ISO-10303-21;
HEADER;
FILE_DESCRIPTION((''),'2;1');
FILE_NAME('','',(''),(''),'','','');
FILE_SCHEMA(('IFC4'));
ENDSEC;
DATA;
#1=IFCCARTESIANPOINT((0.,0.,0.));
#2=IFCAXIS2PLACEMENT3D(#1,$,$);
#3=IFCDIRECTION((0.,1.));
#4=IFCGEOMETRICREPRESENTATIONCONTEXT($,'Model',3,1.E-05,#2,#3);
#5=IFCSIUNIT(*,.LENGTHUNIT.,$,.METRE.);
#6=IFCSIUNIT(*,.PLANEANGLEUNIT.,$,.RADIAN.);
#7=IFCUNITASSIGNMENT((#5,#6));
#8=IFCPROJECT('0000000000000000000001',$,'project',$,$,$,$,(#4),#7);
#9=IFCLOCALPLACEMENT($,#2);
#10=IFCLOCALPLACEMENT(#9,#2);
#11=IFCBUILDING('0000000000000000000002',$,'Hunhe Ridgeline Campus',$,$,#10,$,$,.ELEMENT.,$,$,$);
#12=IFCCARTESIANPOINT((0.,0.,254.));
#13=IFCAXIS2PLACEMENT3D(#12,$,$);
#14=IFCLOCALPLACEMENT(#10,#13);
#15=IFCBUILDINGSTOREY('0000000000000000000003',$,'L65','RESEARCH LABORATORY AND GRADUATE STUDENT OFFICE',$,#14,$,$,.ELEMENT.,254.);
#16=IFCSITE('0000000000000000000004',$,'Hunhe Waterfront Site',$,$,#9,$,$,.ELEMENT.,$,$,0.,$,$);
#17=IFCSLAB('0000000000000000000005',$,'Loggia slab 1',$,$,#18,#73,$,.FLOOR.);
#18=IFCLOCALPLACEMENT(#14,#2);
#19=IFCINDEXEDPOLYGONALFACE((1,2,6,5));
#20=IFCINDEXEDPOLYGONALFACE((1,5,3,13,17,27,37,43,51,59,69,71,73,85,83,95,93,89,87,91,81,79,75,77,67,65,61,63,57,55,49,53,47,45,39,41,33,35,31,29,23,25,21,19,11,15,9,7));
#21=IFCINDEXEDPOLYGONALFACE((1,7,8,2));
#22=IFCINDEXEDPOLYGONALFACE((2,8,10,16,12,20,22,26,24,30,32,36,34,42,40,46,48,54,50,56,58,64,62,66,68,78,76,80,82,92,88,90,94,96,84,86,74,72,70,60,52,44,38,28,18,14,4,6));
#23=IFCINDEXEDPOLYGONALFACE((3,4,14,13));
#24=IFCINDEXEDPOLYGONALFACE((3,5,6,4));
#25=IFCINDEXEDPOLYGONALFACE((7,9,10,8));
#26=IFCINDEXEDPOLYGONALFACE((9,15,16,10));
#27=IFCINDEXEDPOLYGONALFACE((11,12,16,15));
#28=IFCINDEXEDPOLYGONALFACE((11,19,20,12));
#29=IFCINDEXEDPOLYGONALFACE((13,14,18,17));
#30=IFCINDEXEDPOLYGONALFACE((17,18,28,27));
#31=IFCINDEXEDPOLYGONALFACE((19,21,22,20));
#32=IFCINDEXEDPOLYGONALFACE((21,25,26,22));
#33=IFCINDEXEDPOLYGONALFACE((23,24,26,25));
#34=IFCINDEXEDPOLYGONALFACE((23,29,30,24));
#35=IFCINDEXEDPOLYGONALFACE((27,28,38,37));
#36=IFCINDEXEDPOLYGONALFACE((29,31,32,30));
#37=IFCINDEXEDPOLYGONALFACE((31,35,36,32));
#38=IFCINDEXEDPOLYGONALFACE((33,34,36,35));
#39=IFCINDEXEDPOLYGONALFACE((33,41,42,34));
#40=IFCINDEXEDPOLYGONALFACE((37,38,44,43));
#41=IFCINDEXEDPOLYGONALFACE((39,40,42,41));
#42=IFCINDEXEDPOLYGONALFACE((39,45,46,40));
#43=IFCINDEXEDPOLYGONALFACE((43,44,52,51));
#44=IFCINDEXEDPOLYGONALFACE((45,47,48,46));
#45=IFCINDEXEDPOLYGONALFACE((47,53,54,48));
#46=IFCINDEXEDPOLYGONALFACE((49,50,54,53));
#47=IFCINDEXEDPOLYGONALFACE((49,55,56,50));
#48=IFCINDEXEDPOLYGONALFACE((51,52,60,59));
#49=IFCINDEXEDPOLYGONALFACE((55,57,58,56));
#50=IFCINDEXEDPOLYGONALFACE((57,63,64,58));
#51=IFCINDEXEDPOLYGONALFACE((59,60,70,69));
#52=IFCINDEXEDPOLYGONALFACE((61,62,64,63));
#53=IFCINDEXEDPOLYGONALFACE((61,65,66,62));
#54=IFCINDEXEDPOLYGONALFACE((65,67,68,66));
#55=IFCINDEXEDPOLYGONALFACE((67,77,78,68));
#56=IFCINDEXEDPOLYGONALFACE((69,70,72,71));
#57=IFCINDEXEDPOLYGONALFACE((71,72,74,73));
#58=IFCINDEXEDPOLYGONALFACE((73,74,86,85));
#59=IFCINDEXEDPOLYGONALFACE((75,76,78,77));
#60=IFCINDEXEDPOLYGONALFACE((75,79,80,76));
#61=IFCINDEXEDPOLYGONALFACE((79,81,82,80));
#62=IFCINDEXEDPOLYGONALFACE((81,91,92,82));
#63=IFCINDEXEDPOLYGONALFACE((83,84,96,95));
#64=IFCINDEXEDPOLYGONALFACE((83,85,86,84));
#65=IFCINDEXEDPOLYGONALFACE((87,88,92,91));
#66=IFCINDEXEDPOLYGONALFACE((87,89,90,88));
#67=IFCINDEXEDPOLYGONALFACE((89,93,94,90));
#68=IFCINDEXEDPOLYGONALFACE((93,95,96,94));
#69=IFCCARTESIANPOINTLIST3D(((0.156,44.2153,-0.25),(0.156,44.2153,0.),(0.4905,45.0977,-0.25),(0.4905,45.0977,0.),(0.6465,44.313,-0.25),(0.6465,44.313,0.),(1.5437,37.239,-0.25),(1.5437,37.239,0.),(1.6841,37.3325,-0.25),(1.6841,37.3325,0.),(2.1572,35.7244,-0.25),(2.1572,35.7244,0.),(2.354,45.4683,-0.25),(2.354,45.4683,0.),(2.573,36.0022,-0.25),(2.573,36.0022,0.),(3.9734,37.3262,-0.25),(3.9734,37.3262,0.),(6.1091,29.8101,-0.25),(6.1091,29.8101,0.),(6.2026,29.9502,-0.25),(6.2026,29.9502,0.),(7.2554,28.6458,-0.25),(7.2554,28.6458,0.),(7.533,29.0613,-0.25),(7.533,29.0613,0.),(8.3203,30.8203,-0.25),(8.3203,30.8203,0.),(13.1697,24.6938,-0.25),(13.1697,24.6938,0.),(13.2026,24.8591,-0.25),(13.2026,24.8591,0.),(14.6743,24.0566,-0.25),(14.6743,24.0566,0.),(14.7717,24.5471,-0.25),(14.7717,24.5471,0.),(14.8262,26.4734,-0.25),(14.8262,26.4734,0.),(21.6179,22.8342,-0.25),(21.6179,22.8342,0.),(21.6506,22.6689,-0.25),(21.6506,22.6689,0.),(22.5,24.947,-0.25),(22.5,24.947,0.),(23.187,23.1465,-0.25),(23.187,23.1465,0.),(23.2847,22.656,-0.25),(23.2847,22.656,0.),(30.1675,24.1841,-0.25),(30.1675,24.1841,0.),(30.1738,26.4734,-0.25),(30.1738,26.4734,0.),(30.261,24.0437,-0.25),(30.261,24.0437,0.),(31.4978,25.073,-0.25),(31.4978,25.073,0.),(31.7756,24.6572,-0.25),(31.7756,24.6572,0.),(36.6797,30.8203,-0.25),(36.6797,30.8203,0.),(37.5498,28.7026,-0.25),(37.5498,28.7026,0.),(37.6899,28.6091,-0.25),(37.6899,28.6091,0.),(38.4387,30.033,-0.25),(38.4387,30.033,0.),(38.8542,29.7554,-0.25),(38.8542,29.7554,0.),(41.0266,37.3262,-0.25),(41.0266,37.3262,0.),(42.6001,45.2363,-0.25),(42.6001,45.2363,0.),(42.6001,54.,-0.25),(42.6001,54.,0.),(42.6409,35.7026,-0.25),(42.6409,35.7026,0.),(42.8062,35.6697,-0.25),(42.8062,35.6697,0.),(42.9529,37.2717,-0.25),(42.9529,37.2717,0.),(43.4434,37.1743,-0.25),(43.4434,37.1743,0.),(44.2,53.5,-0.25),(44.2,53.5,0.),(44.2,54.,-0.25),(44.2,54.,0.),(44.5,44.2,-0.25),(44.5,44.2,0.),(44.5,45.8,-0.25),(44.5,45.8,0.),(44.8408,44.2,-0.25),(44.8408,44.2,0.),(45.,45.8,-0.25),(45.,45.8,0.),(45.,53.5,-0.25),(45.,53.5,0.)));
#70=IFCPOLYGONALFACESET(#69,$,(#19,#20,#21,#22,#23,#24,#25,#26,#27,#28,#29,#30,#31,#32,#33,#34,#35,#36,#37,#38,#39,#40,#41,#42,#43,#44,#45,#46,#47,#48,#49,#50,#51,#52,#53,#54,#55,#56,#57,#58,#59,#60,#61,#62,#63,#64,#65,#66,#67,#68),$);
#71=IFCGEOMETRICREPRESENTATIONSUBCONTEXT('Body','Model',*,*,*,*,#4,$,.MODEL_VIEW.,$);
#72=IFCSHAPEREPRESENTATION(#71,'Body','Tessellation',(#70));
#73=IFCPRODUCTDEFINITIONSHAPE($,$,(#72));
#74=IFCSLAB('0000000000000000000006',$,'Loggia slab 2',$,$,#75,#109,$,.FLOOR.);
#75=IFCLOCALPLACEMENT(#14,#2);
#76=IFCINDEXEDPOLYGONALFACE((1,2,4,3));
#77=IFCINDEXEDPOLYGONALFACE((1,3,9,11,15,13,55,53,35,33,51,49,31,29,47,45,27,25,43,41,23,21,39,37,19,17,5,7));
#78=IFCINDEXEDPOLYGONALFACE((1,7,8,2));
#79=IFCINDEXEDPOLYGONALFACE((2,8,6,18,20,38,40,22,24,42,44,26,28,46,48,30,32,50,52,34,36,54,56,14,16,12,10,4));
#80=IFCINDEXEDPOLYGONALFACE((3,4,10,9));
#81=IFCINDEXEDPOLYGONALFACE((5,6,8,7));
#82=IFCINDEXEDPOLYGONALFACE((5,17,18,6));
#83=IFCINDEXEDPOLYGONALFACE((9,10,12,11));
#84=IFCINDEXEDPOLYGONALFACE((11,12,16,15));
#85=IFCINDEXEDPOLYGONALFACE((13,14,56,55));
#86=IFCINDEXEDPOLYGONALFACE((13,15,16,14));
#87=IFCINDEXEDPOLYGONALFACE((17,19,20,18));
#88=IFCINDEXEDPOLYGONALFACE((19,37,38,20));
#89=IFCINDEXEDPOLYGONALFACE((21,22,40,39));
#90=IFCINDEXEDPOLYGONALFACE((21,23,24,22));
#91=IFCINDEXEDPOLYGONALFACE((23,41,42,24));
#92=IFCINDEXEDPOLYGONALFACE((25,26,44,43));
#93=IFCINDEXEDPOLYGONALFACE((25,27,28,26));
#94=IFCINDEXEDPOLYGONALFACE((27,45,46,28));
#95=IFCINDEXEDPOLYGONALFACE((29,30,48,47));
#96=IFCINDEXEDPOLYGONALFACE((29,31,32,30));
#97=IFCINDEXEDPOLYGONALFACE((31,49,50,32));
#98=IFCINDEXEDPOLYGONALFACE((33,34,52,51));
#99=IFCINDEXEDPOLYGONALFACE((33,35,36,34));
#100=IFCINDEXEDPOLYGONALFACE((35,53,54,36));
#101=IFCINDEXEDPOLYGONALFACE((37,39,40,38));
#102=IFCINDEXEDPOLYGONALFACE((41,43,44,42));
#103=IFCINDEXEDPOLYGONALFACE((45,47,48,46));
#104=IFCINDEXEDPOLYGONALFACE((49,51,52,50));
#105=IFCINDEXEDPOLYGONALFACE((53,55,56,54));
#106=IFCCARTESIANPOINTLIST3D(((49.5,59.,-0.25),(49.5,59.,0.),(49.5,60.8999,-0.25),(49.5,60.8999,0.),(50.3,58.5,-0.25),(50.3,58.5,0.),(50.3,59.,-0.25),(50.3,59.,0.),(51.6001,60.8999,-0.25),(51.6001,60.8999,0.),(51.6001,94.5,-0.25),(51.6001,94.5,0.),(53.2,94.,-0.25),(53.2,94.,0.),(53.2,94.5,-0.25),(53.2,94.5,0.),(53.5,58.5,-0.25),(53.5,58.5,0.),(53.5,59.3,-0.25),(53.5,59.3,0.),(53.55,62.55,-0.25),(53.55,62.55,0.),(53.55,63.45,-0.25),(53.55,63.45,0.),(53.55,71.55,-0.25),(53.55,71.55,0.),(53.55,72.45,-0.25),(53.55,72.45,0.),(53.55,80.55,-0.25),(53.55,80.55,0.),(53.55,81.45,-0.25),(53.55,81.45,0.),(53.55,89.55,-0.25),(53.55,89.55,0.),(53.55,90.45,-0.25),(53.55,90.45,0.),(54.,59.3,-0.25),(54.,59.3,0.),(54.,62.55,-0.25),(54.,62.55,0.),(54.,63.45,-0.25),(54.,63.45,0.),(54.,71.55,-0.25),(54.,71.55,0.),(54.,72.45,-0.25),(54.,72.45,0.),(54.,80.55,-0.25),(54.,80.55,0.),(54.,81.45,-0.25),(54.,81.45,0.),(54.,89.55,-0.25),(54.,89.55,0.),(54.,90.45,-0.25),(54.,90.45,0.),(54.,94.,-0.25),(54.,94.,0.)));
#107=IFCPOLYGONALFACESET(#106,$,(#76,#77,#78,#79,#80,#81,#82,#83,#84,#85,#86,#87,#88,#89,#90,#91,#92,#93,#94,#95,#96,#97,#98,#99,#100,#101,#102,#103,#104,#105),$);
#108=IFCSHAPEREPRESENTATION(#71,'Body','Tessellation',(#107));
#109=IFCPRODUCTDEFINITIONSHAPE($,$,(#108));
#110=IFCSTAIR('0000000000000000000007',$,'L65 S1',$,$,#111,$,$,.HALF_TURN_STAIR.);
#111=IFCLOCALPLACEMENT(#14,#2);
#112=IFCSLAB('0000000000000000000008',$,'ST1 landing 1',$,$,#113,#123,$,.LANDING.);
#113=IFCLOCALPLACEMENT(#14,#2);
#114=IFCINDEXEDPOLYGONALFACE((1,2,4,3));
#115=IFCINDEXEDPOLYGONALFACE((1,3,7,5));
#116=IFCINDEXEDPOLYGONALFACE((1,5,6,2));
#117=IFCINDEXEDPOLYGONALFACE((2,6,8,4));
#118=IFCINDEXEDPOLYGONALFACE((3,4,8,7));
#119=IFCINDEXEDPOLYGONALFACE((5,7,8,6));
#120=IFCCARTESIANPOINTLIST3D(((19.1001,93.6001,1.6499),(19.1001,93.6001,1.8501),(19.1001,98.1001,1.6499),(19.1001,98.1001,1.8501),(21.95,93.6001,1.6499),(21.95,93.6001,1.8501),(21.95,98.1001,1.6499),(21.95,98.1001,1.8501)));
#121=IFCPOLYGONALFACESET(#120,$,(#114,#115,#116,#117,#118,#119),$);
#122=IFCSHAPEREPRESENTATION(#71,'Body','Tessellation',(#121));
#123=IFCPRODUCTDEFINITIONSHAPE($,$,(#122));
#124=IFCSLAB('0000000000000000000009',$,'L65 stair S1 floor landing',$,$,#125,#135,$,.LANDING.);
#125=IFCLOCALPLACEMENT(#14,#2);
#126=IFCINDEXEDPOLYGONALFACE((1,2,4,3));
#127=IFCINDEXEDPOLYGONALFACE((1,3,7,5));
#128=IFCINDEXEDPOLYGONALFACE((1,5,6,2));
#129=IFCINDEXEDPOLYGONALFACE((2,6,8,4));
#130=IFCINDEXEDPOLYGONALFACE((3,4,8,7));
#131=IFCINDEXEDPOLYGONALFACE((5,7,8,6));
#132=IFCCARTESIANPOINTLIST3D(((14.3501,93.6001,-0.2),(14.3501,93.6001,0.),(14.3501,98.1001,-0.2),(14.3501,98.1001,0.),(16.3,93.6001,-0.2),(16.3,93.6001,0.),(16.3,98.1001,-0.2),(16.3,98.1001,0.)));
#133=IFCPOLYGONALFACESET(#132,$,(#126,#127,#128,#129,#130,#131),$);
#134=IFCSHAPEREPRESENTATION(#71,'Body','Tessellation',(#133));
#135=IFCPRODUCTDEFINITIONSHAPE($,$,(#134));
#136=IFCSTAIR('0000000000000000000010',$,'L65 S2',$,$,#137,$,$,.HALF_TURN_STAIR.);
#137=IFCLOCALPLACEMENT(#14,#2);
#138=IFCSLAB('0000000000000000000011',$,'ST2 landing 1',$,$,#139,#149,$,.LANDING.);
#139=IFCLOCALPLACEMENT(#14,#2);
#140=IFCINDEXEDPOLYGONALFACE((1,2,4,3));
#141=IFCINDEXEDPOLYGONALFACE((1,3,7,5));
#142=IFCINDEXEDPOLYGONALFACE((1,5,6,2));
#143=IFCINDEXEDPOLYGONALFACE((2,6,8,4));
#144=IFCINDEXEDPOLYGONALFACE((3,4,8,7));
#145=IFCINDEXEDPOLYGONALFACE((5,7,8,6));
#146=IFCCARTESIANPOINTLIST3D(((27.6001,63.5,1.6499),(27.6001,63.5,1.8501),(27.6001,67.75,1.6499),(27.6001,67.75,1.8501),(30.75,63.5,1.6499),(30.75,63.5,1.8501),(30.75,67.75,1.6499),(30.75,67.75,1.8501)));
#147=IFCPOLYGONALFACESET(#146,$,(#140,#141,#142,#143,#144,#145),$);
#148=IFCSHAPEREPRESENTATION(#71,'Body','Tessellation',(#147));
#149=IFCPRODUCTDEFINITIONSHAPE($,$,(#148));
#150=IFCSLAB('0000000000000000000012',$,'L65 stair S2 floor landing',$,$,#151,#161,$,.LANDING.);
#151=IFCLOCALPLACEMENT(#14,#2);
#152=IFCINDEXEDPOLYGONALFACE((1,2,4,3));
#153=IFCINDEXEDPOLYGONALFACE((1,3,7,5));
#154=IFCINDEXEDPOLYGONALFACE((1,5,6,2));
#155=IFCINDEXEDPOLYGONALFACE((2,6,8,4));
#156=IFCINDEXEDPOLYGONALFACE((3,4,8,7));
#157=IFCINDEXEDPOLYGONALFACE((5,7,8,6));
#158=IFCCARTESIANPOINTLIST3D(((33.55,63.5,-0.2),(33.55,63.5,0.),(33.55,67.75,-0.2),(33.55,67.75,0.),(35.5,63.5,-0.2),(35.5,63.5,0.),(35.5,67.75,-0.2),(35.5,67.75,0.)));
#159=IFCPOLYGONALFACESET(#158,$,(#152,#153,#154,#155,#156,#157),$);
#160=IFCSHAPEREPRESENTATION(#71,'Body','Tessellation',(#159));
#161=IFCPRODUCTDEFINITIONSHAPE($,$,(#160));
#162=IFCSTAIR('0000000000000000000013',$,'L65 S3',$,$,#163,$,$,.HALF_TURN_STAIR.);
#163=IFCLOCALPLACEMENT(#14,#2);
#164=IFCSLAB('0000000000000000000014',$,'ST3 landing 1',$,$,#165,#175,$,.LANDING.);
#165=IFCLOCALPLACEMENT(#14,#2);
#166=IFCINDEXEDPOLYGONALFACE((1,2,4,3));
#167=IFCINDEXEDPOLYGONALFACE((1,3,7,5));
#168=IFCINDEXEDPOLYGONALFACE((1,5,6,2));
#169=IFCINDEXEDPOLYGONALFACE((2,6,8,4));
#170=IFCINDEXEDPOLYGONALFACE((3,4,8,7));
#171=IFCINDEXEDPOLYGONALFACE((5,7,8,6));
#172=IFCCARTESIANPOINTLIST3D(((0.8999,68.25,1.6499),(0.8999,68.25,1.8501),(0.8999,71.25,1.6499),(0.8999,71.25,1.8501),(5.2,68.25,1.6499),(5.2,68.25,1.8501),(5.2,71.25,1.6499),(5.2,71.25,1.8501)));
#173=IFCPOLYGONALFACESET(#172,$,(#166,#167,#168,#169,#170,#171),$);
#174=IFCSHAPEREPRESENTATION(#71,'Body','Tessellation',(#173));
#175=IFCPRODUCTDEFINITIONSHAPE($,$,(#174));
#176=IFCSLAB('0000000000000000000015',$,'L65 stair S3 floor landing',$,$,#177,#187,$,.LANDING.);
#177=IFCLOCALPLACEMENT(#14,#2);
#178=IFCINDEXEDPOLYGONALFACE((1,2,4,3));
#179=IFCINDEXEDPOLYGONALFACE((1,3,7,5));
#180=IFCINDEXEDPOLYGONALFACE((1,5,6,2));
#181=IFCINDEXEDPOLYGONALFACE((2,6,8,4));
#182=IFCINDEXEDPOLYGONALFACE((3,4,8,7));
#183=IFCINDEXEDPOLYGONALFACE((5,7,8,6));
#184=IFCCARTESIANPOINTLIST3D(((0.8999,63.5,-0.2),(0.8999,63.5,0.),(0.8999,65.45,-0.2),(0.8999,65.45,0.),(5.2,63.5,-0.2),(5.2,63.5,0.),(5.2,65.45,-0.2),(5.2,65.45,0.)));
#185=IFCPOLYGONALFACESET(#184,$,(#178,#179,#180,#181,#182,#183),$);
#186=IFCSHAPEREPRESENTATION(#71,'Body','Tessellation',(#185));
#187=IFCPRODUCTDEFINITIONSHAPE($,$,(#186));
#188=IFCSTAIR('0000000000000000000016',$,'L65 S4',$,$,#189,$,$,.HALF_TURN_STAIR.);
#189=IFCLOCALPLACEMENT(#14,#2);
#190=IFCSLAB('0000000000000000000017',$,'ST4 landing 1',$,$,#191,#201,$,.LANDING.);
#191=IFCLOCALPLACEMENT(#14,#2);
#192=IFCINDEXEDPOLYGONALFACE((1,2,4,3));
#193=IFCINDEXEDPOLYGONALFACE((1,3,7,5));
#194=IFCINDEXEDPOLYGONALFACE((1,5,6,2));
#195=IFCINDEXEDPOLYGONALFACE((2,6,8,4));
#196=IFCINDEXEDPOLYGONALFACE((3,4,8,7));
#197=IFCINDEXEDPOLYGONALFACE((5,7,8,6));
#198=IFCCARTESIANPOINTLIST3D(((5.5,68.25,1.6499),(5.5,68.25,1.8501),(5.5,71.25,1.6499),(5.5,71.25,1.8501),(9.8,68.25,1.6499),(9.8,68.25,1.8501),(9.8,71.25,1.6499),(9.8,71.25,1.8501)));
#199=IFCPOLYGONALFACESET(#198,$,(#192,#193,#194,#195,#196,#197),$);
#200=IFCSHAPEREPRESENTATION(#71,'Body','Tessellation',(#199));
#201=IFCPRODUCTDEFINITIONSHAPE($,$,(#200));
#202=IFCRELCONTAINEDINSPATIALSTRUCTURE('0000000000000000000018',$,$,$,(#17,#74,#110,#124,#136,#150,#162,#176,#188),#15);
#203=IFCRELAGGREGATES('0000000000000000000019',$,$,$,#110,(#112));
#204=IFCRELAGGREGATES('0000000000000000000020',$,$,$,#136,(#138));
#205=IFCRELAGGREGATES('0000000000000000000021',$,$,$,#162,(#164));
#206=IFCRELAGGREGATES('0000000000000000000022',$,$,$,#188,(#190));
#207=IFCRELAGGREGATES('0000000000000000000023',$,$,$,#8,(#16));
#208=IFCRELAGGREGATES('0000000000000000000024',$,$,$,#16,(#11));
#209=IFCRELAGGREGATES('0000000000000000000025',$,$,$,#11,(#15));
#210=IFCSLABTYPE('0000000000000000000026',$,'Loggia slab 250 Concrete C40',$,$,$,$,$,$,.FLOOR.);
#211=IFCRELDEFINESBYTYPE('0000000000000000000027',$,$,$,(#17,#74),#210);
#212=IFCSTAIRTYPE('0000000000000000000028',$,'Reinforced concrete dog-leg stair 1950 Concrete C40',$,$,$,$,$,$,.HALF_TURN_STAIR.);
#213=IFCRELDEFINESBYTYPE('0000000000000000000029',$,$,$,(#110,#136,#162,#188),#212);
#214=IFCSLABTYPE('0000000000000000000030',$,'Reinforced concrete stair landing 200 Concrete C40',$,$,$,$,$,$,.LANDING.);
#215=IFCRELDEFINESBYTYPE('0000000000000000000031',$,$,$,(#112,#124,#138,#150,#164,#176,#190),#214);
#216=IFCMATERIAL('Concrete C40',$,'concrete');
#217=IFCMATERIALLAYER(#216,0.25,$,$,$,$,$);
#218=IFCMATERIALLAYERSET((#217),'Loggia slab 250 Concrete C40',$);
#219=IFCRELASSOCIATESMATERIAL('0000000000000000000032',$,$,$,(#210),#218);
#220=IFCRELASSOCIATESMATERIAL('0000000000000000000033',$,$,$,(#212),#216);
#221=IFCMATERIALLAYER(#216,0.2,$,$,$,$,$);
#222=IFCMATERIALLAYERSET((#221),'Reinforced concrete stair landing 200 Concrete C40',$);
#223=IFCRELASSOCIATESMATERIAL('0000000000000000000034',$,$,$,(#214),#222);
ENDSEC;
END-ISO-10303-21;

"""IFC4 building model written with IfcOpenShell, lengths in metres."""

from ifc_helpers import new_model, si_unit, direction, frame, origin, place, context, subcontext, project, spatial, polyline, outline, extrude, material, layer, layer_set, type_object, element, aggregate, save


model = new_model("IFC4")

# Units and contexts
model_context = context("Model", 3, precision=1e-05, world=origin(), true_north=direction((0.0, 1.0)))
body_context = subcontext(model_context, "Body", "Model", "MODEL_VIEW")
ifc_project = project(units=[si_unit("LENGTHUNIT", "METRE"), si_unit("PLANEANGLEUNIT", "RADIAN")], contexts=[model_context])

# Site, building, storey
site_placement = place(None, origin())
site = spatial("IfcSite", under=ifc_project, at=site_placement, Name="Hunhe Waterfront Site", CompositionType="ELEMENT", RefElevation=0.0)
building_placement = place(site_placement, origin())
building = spatial("IfcBuilding", under=site, at=building_placement, Name="Hunhe Ridgeline Campus", CompositionType="ELEMENT")
storey_placement = place(building_placement, frame((0.0, 0.0, 254.0)))
storey = spatial("IfcBuildingStorey", under=building, at=storey_placement, Name="L65", Description="RESEARCH LABORATORY AND GRADUATE STUDENT OFFICE", CompositionType="ELEMENT", Elevation=254.0)

# Slabs
ifc_material_1 = material(Name="Concrete C40", Category="concrete")
ifc_layer_1 = layer(ifc_material_1, 0.25)
ifc_layer_set_1 = layer_set([ifc_layer_1], Name="Loggia slab 250 Concrete C40")
slab_type_1 = type_object("IfcSlabType", Name="Loggia slab 250 Concrete C40", PredefinedType="FLOOR", material=ifc_layer_set_1)
slab_1_placement = place(storey_placement, frame((0.0, 0.0, -0.25)))
element("IfcSlab", 1, at=slab_1_placement, inside=storey, type_object=slab_type_1, Name="Loggia slab 1", PredefinedType="FLOOR", context=body_context, shape_type="SweptSolid", body=[
    extrude(outline(polyline([(30.1738, 26.4734), (22.5, 24.947), (14.8262, 26.4734), (8.3203, 30.8203), (3.9734, 37.3262), (2.354, 45.4683), (0.4905, 45.0977), (0.6465, 44.313), (0.156, 44.2153), (1.5437, 37.239), (1.6841, 37.3325), (2.573, 36.0022), (2.1572, 35.7244), (6.1091, 29.8101), (6.2026, 29.9502), (7.533, 29.0613), (7.2554, 28.6458), (13.1697, 24.6938), (13.2026, 24.8591), (14.7717, 24.5471), (14.6743, 24.0566), (21.6506, 22.6689), (21.6179, 22.8342), (23.187, 23.1465), (23.2847, 22.656), (30.261, 24.0437), (30.1675, 24.1841), (31.4978, 25.073), (31.7756, 24.6572), (37.6899, 28.6091), (37.5498, 28.7026), (38.4387, 30.033), (38.8542, 29.7554), (42.8062, 35.6697), (42.6409, 35.7026), (42.9529, 37.2717), (43.4434, 37.1743), (44.8408, 44.2), (44.5, 44.2), (44.5, 45.8), (45.0, 45.8), (45.0, 53.5), (44.2, 53.5), (44.2, 54.0), (42.6001, 54.0), (42.6001, 45.2363), (41.0266, 37.3262), (36.6797, 30.8203), (30.1738, 26.4734)])), origin(), (0.0, 0.0, 1.0), 0.25),
])
slab_2_placement = place(storey_placement, frame((0.0, 0.0, -0.25)))
element("IfcSlab", 2, at=slab_2_placement, inside=storey, type_object=slab_type_1, Name="Loggia slab 2", PredefinedType="FLOOR", context=body_context, shape_type="SweptSolid", body=[
    extrude(outline(polyline([(49.5, 59.0), (50.3, 59.0), (50.3, 58.5), (53.5, 58.5), (53.5, 59.3), (54.0, 59.3), (54.0, 62.55), (53.55, 62.55), (53.55, 63.45), (54.0, 63.45), (54.0, 71.55), (53.55, 71.55), (53.55, 72.45), (54.0, 72.45), (54.0, 80.55), (53.55, 80.55), (53.55, 81.45), (54.0, 81.45), (54.0, 89.55), (53.55, 89.55), (53.55, 90.45), (54.0, 90.45), (54.0, 94.0), (53.2, 94.0), (53.2, 94.5), (51.6001, 94.5), (51.6001, 60.8999), (49.5, 60.8999), (49.5, 59.0)])), origin(), (0.0, 0.0, 1.0), 0.25),
])

# Stair, slab
stair_type = type_object("IfcStairType", Name="Reinforced concrete dog-leg stair 1950 Concrete C40", PredefinedType="HALF_TURN_STAIR", material=ifc_material_1)
stair_1_placement = place(storey_placement, origin())
stair_1 = element("IfcStair", 3, at=stair_1_placement, inside=storey, type_object=stair_type, Name="L65 S1", PredefinedType="HALF_TURN_STAIR")
ifc_layer_2 = layer(ifc_material_1, 0.2)
ifc_layer_set_2 = layer_set([ifc_layer_2], Name="Reinforced concrete stair landing 200 Concrete C40")
slab_type_2 = type_object("IfcSlabType", Name="Reinforced concrete stair landing 200 Concrete C40", PredefinedType="LANDING", material=ifc_layer_set_2)
slab_3_placement = place(storey_placement, frame((0.0, 0.0, 1.6499)))
slab_3 = element("IfcSlab", 4, at=slab_3_placement, type_object=slab_type_2, Name="ST1 landing 1", PredefinedType="LANDING", context=body_context, shape_type="SweptSolid", body=[
    extrude(outline(polyline([(19.1001, 93.6001), (21.95, 93.6001), (21.95, 98.1001), (19.1001, 98.1001), (19.1001, 93.6001)])), origin(), (0.0, 0.0, 1.0), 0.2002),
])
aggregate(stair_1, [slab_3])

# Slab
slab_4_placement = place(storey_placement, frame((0.0, 0.0, -0.2)))
element("IfcSlab", 5, at=slab_4_placement, inside=storey, type_object=slab_type_2, Name="L65 stair S1 floor landing", PredefinedType="LANDING", context=body_context, shape_type="SweptSolid", body=[
    extrude(outline(polyline([(14.3501, 93.6001), (16.3, 93.6001), (16.3, 98.1001), (14.3501, 98.1001), (14.3501, 93.6001)])), origin(), (0.0, 0.0, 1.0), 0.2),
])

# Stair, slab
stair_2_placement = place(storey_placement, origin())
stair_2 = element("IfcStair", 6, at=stair_2_placement, inside=storey, type_object=stair_type, Name="L65 S2", PredefinedType="HALF_TURN_STAIR")
slab_5_placement = place(storey_placement, frame((0.0, 0.0, 1.6499)))
slab_5 = element("IfcSlab", 7, at=slab_5_placement, type_object=slab_type_2, Name="ST2 landing 1", PredefinedType="LANDING", context=body_context, shape_type="SweptSolid", body=[
    extrude(outline(polyline([(30.75, 67.75), (27.6001, 67.75), (27.6001, 63.5), (30.75, 63.5), (30.75, 67.75)])), origin(), (0.0, 0.0, 1.0), 0.2002),
])
aggregate(stair_2, [slab_5])

# Slab
slab_6_placement = place(storey_placement, frame((0.0, 0.0, -0.2)))
element("IfcSlab", 8, at=slab_6_placement, inside=storey, type_object=slab_type_2, Name="L65 stair S2 floor landing", PredefinedType="LANDING", context=body_context, shape_type="SweptSolid", body=[
    extrude(outline(polyline([(35.5, 67.75), (33.55, 67.75), (33.55, 63.5), (35.5, 63.5), (35.5, 67.75)])), origin(), (0.0, 0.0, 1.0), 0.2),
])

# Stair, slab
stair_3_placement = place(storey_placement, origin())
stair_3 = element("IfcStair", 9, at=stair_3_placement, inside=storey, type_object=stair_type, Name="L65 S3", PredefinedType="HALF_TURN_STAIR")
slab_7_placement = place(storey_placement, frame((0.0, 0.0, 1.6499)))
slab_7 = element("IfcSlab", 10, at=slab_7_placement, type_object=slab_type_2, Name="ST3 landing 1", PredefinedType="LANDING", context=body_context, shape_type="SweptSolid", body=[
    extrude(outline(polyline([(5.2, 68.25), (5.2, 71.25), (0.8999, 71.25), (0.8999, 68.25), (5.2, 68.25)])), origin(), (0.0, 0.0, 1.0), 0.2002),
])
aggregate(stair_3, [slab_7])

# Slab
slab_8_placement = place(storey_placement, frame((0.0, 0.0, -0.2)))
element("IfcSlab", 11, at=slab_8_placement, inside=storey, type_object=slab_type_2, Name="L65 stair S3 floor landing", PredefinedType="LANDING", context=body_context, shape_type="SweptSolid", body=[
    extrude(outline(polyline([(5.2, 63.5), (5.2, 65.45), (0.8999, 65.45), (0.8999, 63.5), (5.2, 63.5)])), origin(), (0.0, 0.0, 1.0), 0.2),
])

# Stair, slab
stair_4_placement = place(storey_placement, origin())
stair_4 = element("IfcStair", 12, at=stair_4_placement, inside=storey, type_object=stair_type, Name="L65 S4", PredefinedType="HALF_TURN_STAIR")
slab_9_placement = place(storey_placement, frame((0.0, 0.0, 1.6499)))
slab_9 = element("IfcSlab", 13, at=slab_9_placement, type_object=slab_type_2, Name="ST4 landing 1", PredefinedType="LANDING", context=body_context, shape_type="SweptSolid", body=[
    extrude(outline(polyline([(9.8, 68.25), (9.8, 71.25), (5.5, 71.25), (5.5, 68.25), (9.8, 68.25)])), origin(), (0.0, 0.0, 1.0), 0.2002),
])
aggregate(stair_4, [slab_9])

save(model, "model.ifc")
